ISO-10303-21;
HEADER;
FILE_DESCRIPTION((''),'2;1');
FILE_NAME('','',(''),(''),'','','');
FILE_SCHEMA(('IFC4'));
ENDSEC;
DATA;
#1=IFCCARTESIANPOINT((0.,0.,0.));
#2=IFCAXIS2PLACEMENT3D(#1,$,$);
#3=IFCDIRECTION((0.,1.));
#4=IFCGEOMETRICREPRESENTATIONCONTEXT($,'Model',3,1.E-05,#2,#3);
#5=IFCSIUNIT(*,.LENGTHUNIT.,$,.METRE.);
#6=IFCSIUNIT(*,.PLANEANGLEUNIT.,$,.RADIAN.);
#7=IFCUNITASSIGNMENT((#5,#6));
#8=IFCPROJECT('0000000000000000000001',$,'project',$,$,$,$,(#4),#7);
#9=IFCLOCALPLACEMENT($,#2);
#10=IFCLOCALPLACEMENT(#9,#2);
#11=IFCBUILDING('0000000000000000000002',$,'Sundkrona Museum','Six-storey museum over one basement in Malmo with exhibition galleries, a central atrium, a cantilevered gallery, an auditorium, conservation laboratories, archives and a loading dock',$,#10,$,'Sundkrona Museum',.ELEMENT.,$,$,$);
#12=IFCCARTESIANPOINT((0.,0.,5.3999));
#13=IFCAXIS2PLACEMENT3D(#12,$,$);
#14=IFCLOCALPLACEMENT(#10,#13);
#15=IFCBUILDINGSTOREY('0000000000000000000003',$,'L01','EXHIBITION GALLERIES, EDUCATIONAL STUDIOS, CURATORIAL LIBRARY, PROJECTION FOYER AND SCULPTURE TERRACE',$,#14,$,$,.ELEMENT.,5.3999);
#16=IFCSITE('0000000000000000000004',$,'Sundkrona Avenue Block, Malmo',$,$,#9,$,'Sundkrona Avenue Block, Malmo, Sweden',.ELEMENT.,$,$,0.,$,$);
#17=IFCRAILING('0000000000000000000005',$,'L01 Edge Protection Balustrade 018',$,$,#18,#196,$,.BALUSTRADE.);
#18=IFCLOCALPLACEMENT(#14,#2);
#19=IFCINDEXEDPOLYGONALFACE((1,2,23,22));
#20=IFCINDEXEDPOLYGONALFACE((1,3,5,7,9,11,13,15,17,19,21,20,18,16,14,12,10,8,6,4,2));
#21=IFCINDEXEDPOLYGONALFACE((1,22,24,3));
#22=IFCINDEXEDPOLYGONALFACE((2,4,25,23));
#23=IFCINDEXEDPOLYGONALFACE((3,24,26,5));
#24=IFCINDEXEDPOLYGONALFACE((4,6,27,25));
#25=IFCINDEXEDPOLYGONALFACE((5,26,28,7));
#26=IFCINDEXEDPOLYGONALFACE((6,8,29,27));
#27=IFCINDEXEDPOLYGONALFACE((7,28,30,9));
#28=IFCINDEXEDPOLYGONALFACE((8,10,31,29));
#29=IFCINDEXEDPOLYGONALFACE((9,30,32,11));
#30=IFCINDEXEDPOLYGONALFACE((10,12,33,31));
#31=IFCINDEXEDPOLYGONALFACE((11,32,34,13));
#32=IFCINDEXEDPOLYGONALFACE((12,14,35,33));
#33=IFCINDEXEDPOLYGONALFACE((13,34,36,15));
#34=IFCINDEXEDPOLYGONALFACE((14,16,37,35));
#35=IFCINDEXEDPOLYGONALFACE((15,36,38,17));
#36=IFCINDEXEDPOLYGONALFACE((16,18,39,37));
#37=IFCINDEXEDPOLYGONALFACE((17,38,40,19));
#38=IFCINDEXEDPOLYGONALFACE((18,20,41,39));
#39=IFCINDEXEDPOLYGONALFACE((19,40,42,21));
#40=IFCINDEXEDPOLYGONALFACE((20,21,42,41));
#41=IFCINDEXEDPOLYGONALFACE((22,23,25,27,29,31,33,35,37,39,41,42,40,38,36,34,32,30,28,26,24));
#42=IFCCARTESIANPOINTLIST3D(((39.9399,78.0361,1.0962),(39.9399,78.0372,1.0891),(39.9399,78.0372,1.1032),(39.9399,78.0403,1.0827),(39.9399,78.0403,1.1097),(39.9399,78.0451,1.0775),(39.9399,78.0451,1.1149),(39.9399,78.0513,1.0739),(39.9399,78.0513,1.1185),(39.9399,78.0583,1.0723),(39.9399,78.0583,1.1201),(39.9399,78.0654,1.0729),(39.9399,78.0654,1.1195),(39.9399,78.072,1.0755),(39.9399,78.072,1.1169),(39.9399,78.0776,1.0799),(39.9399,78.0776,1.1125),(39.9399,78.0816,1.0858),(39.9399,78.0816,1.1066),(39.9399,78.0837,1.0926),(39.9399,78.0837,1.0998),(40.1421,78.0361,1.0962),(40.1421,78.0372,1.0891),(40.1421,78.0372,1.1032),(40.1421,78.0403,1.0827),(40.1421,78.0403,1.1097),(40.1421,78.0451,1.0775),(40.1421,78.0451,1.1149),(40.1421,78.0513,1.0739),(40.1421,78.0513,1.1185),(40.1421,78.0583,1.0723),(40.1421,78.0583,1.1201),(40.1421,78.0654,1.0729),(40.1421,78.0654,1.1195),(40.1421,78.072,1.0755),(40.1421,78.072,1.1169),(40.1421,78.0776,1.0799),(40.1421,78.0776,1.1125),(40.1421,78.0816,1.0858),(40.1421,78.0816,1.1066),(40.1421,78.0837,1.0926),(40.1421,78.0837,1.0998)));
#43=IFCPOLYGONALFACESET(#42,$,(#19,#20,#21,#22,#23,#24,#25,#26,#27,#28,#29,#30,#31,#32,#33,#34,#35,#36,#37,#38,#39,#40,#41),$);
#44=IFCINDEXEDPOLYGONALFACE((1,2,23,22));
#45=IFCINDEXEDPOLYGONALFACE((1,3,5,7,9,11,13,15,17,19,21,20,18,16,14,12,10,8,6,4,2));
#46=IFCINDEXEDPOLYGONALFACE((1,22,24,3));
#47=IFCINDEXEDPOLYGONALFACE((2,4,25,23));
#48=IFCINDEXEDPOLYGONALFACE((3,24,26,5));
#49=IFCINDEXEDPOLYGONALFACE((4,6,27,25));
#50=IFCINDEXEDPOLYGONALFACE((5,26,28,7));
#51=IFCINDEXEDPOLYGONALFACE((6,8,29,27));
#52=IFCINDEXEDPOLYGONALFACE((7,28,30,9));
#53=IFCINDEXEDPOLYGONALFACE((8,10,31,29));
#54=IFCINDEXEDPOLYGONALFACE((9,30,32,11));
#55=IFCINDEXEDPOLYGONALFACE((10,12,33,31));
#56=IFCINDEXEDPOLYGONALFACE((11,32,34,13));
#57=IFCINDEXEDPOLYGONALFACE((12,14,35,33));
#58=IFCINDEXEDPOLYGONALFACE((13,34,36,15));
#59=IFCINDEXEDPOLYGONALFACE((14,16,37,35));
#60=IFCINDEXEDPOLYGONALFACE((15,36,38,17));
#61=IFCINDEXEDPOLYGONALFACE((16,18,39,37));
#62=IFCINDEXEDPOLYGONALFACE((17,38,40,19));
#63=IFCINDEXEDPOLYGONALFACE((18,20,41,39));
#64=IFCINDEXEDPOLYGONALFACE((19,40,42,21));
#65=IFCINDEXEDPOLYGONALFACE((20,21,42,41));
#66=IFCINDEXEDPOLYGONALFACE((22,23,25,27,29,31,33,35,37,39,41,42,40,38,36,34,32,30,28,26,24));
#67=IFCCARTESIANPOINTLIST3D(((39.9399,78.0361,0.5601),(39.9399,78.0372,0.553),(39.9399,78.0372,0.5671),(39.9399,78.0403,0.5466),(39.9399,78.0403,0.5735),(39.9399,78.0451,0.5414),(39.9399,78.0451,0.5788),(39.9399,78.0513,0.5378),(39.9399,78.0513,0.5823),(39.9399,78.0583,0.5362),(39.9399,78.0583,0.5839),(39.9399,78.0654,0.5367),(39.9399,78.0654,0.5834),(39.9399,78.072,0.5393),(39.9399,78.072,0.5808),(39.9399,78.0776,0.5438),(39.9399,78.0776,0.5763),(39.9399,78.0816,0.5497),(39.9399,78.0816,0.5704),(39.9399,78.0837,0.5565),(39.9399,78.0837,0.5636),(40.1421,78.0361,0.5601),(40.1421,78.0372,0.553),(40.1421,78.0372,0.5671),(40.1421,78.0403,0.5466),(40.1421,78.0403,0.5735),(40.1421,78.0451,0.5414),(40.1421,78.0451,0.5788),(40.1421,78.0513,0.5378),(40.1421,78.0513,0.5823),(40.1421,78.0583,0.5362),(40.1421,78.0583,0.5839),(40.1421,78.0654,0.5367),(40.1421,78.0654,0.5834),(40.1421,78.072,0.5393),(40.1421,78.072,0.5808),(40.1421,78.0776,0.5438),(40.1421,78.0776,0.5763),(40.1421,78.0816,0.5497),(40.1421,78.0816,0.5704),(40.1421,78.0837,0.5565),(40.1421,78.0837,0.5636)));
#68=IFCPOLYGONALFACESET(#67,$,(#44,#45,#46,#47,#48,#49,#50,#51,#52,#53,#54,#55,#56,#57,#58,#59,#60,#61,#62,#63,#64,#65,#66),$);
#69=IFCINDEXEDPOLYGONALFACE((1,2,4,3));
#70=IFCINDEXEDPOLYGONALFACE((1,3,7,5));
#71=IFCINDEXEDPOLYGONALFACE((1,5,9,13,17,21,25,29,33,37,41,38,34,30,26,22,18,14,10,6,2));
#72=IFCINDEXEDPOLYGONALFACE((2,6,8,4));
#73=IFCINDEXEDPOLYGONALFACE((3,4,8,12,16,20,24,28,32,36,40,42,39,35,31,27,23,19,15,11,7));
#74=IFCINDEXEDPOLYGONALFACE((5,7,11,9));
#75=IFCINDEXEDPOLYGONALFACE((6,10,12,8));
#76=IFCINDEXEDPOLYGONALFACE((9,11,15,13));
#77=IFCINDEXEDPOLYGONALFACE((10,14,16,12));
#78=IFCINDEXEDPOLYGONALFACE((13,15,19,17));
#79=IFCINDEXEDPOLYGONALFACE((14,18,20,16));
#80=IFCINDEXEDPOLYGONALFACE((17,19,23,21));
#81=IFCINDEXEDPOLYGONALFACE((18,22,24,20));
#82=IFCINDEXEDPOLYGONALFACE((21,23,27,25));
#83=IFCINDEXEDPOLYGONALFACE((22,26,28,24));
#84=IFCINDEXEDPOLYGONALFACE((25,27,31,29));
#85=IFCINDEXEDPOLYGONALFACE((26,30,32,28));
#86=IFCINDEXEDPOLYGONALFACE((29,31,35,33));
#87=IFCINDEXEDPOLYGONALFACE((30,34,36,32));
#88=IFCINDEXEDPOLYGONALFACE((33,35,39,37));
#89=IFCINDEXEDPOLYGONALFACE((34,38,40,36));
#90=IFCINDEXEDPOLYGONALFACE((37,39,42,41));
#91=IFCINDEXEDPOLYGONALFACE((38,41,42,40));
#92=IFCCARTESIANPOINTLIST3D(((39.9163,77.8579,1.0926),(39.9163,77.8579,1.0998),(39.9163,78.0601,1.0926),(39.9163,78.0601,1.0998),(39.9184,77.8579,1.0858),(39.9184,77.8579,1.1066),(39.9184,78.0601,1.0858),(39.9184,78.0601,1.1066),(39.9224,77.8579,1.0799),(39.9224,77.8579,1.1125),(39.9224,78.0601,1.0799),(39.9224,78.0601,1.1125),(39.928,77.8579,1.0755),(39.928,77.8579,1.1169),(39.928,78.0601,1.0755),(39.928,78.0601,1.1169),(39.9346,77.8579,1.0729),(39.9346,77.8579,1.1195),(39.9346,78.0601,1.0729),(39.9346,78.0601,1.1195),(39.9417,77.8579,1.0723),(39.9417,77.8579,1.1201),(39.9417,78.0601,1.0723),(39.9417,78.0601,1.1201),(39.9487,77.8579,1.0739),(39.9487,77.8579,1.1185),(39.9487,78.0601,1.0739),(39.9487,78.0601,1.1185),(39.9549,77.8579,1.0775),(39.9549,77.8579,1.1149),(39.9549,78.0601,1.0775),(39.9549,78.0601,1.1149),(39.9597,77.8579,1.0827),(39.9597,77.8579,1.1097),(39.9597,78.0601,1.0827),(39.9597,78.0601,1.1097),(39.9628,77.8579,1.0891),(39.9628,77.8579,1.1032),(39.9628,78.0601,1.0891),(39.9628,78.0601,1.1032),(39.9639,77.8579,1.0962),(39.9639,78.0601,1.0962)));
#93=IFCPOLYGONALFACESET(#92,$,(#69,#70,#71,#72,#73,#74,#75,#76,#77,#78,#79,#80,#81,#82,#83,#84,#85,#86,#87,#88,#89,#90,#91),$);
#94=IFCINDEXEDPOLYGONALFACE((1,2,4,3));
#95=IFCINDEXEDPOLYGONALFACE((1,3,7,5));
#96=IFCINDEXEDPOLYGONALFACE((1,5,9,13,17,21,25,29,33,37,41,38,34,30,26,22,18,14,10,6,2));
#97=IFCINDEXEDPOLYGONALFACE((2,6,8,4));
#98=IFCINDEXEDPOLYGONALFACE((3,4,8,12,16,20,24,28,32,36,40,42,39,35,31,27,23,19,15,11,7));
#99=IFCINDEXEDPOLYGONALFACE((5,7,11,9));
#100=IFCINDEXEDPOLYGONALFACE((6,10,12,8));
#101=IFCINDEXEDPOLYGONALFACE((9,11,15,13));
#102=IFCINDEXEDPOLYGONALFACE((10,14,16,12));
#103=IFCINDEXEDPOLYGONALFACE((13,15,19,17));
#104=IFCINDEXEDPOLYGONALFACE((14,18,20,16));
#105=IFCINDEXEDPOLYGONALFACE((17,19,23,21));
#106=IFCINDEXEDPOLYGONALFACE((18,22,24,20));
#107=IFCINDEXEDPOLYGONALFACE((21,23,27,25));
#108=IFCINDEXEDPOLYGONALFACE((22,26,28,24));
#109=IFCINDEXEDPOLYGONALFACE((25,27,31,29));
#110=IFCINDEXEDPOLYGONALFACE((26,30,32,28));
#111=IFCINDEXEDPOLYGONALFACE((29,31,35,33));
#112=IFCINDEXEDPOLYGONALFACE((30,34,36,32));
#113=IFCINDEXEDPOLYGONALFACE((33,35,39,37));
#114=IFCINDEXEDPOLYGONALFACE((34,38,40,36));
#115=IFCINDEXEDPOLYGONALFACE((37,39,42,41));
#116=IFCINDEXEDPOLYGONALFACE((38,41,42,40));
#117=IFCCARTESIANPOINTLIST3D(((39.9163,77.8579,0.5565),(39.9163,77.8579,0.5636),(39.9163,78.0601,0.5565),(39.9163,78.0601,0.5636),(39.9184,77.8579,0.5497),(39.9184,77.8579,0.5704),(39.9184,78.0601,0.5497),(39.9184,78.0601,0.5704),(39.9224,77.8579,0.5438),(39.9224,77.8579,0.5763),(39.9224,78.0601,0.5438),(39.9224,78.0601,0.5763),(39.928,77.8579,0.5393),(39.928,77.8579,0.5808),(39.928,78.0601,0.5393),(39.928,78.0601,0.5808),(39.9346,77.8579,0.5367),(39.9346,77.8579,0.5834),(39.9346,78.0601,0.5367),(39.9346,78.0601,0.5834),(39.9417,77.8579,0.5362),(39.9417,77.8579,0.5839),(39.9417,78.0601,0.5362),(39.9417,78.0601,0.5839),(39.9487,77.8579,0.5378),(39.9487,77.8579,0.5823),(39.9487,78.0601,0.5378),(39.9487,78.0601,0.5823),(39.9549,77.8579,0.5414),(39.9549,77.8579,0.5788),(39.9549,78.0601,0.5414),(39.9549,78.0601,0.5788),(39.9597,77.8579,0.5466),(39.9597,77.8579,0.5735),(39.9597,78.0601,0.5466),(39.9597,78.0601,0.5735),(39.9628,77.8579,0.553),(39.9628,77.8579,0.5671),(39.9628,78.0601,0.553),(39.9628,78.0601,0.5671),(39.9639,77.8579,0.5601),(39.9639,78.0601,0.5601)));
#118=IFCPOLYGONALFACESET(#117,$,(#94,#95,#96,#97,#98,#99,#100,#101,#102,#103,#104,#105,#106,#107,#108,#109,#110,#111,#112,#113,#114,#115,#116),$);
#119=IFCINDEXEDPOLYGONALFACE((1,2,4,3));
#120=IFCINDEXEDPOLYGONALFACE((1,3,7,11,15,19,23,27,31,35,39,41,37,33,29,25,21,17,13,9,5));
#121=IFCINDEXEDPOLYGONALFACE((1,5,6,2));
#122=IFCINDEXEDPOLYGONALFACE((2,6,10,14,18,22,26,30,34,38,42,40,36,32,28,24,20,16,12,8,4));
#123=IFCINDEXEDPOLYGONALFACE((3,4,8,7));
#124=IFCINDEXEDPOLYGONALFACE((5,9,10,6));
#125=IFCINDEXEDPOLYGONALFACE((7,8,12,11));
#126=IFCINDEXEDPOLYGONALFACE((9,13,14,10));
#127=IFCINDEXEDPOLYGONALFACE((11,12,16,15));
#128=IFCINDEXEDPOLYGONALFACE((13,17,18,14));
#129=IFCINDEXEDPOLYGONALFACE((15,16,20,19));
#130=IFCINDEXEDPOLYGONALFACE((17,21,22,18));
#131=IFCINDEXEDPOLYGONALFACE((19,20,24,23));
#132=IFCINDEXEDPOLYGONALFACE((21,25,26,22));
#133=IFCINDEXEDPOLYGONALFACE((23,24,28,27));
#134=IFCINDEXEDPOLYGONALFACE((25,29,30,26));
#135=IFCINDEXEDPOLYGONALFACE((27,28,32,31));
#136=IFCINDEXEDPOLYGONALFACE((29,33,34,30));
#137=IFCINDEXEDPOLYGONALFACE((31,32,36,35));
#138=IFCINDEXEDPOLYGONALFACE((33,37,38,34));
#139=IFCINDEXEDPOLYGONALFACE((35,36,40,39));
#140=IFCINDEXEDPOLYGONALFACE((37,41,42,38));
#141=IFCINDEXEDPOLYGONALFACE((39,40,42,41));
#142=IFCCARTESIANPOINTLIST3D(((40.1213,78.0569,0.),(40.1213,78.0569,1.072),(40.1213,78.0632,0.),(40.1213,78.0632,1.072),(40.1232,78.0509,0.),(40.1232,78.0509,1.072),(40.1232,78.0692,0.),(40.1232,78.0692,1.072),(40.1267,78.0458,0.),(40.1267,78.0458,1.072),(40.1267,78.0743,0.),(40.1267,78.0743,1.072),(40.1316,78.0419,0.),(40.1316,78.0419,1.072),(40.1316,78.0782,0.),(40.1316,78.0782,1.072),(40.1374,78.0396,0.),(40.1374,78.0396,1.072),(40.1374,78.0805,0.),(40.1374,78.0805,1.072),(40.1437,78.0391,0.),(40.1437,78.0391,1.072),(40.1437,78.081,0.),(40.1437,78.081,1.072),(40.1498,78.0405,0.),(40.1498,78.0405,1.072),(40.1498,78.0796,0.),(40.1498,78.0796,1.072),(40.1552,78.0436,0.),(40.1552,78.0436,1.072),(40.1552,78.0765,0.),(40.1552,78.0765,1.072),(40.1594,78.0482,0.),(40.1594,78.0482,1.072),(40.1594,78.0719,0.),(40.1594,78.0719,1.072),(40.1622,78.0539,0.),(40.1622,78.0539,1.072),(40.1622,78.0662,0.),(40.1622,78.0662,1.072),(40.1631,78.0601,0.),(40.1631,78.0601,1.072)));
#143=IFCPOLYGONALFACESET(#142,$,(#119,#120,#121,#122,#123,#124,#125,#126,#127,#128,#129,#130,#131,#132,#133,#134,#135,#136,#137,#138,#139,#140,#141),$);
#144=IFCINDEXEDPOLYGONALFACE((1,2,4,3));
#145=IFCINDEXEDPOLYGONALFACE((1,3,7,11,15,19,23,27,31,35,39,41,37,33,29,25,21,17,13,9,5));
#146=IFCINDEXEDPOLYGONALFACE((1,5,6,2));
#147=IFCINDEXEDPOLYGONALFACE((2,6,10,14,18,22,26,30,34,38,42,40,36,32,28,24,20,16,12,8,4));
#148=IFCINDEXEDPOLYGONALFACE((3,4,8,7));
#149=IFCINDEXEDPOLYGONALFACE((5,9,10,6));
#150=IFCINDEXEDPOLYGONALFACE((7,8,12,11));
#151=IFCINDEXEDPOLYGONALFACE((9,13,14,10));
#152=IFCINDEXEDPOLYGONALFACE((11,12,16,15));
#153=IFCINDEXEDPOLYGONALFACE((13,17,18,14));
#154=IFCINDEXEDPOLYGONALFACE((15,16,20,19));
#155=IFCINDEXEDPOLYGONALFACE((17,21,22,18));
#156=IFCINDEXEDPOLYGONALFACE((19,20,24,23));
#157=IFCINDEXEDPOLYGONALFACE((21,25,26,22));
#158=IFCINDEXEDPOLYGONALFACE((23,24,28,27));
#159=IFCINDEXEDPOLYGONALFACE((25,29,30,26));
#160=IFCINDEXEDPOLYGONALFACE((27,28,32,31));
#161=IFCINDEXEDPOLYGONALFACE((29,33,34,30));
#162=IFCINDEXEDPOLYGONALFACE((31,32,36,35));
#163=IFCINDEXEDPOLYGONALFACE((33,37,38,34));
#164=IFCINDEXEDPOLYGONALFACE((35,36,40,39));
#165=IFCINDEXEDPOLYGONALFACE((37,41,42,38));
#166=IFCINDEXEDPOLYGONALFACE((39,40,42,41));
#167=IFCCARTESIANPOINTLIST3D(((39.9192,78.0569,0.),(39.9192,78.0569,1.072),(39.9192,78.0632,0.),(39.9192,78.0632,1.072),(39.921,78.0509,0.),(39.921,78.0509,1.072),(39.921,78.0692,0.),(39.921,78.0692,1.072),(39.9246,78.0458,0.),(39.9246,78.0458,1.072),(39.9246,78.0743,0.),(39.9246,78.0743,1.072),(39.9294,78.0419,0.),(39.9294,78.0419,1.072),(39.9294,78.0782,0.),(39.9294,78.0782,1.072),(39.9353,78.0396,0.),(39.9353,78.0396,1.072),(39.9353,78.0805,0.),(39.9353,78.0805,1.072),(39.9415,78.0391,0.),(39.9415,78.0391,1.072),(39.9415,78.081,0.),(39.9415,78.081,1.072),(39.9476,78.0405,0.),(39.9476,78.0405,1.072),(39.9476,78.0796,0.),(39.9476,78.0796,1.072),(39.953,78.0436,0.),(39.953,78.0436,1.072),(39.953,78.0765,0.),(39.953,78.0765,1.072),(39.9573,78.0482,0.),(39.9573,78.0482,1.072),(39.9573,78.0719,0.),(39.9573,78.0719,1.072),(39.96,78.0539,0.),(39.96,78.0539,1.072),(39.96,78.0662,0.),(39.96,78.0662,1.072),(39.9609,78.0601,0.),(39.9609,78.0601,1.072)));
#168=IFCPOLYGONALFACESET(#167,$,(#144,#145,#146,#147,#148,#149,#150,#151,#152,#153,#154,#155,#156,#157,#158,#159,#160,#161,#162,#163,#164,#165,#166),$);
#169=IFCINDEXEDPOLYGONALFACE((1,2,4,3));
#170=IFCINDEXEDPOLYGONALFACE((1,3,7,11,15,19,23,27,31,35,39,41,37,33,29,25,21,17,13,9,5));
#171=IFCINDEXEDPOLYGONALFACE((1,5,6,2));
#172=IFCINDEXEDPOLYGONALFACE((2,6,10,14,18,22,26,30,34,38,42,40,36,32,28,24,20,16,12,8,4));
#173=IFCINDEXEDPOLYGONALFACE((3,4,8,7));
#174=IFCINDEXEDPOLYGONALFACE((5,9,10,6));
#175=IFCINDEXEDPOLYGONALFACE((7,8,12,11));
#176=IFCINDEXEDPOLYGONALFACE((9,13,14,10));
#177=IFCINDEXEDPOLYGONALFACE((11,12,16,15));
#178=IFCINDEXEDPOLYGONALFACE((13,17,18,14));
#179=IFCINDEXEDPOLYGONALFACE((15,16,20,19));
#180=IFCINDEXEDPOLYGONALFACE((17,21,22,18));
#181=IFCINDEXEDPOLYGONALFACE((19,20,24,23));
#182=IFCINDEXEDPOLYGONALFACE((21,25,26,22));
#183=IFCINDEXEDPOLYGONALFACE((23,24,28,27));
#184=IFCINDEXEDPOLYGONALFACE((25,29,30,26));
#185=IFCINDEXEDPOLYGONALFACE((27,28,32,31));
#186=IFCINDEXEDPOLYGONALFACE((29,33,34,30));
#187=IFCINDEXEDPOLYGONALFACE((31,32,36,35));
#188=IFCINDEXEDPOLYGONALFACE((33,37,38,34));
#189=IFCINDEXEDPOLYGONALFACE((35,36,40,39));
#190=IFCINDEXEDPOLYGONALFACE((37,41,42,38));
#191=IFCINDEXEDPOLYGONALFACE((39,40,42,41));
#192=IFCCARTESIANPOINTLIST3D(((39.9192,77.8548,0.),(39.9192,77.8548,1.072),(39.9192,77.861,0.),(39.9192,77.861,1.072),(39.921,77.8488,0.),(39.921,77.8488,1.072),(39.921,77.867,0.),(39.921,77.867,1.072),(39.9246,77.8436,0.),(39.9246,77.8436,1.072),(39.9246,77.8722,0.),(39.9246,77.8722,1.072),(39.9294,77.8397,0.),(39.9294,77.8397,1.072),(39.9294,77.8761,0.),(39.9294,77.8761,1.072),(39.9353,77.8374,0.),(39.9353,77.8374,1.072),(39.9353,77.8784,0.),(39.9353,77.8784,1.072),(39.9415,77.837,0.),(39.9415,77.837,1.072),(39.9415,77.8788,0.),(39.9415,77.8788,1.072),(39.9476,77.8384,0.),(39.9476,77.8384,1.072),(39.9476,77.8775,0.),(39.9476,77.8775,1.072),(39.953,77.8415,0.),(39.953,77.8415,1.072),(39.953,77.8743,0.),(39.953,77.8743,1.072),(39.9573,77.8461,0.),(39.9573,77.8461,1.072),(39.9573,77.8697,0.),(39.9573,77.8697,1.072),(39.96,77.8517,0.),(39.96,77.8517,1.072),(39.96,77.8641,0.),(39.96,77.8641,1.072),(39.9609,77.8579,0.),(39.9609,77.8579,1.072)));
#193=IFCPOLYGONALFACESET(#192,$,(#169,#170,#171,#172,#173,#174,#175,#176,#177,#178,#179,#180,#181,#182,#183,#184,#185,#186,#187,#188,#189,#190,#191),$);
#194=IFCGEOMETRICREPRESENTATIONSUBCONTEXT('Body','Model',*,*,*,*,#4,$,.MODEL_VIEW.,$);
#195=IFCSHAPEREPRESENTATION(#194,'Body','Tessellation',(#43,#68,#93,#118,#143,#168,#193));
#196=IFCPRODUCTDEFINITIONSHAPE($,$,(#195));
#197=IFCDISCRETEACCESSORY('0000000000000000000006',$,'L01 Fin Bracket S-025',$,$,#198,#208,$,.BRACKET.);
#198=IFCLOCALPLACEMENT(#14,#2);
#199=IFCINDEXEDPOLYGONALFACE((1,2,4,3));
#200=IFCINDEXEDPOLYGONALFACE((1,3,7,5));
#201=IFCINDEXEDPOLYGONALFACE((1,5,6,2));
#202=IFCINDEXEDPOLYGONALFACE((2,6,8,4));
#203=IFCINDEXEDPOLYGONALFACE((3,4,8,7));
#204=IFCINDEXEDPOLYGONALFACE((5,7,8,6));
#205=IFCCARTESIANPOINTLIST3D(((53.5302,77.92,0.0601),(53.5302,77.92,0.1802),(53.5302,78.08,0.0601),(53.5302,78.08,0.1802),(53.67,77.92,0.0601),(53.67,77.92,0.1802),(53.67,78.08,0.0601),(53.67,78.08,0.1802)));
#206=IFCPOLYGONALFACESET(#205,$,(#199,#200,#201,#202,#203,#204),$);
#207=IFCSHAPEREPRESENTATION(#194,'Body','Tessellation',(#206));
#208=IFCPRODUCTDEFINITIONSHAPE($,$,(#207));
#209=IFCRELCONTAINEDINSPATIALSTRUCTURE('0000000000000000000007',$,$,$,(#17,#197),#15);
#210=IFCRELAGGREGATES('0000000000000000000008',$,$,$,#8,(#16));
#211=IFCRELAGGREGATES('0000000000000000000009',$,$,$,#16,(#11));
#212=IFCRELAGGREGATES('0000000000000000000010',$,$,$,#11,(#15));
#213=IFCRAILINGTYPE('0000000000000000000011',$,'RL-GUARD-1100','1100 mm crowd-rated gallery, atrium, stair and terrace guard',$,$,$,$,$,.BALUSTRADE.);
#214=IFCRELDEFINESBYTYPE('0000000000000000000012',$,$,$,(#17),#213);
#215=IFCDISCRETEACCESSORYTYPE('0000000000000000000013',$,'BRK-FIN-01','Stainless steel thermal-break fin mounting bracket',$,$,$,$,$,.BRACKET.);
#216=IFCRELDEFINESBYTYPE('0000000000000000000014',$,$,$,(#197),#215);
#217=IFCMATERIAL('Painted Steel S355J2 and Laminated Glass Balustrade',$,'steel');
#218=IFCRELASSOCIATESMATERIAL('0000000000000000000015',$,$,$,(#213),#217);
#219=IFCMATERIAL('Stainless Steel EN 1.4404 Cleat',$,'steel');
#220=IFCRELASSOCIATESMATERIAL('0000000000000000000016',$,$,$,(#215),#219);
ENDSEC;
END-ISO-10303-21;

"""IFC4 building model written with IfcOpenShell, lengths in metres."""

from ifc_helpers import new_model, si_unit, direction, frame, origin, origin_2d, place, context, subcontext, project, spatial, rectangle, circle, extrude, material, type_object, element, save


model = new_model("IFC4")

# Units and contexts
model_context = context("Model", 3, precision=1e-05, world=origin(), true_north=direction((0.0, 1.0)))
body_context = subcontext(model_context, "Body", "Model", "MODEL_VIEW")
ifc_project = project(units=[si_unit("LENGTHUNIT", "METRE"), si_unit("PLANEANGLEUNIT", "RADIAN")], contexts=[model_context])

# Site, building, storey
site_placement = place(None, origin())
site = spatial("IfcSite", under=ifc_project, at=site_placement, Name="Sundkrona Avenue Block, Malmo", LongName="Sundkrona Avenue Block, Malmo, Sweden", CompositionType="ELEMENT", RefElevation=0.0)
building_placement = place(site_placement, origin())
building = spatial("IfcBuilding", under=site, at=building_placement, Name="Sundkrona Museum", Description="Six-storey museum over one basement in Malmo with exhibition galleries, a central atrium, a cantilevered gallery, an auditorium, conservation laboratories, archives and a loading dock", LongName="Sundkrona Museum", CompositionType="ELEMENT")
storey_placement = place(building_placement, frame((0.0, 0.0, 5.3999)))
storey = spatial("IfcBuildingStorey", under=building, at=storey_placement, Name="L01", Description="EXHIBITION GALLERIES, EDUCATIONAL STUDIOS, CURATORIAL LIBRARY, PROJECTION FOYER AND SCULPTURE TERRACE", CompositionType="ELEMENT", Elevation=5.3999)

# Railing
ifc_material_1 = material(Name="Painted Steel S355J2 and Laminated Glass Balustrade", Category="steel")
railing_type = type_object("IfcRailingType", Name="RL-GUARD-1100", Description="1100 mm crowd-rated gallery, atrium, stair and terrace guard", PredefinedType="BALUSTRADE", material=ifc_material_1)
railing_1_placement = place(storey_placement, frame((40.1421, 78.0601, 0.0)))
element("IfcRailing", 1, at=railing_1_placement, inside=storey, type_object=railing_type, Name="L01 Edge Protection Balustrade 018", PredefinedType="BALUSTRADE", context=body_context, shape_type="SweptSolid", body=[
    extrude(circle(Radius=0.0239, at=origin_2d()), frame((0.0, 0.0, 1.0962), z_axis=(-1.0, 0.0, 0.0), x_axis=(0.0, -1.0, 0.0)), (0.0, 0.0, 1.0), 0.2021),
    extrude(circle(Radius=0.0239, at=origin_2d()), frame((0.0, 0.0, 0.5601), z_axis=(-1.0, 0.0, 0.0), x_axis=(0.0, -1.0, 0.0)), (0.0, 0.0, 1.0), 0.2021),
    extrude(circle(Radius=0.0239, at=origin_2d()), frame((-0.2021, 0.0, 1.0962), z_axis=(0.0, -1.0, 0.0), x_axis=(1.0, 0.0, 0.0)), (0.0, 0.0, 1.0), 0.2021),
    extrude(circle(Radius=0.0239, at=origin_2d()), frame((-0.2021, 0.0, 0.5601), z_axis=(0.0, -1.0, 0.0), x_axis=(1.0, 0.0, 0.0)), (0.0, 0.0, 1.0), 0.2021),
    extrude(circle(Radius=0.021, at=origin_2d()), origin(), (0.0, 0.0, 1.0), 1.072),
    extrude(circle(Radius=0.021, at=origin_2d()), frame((-0.2021, 0.0, 0.0)), (0.0, 0.0, 1.0), 1.072),
    extrude(circle(Radius=0.021, at=origin_2d()), frame((-0.2021, -0.2021, 0.0)), (0.0, 0.0, 1.0), 1.072),
])

# Discrete accessory
ifc_material_2 = material(Name="Stainless Steel EN 1.4404 Cleat", Category="steel")
discrete_accessory_type = type_object("IfcDiscreteAccessoryType", Name="BRK-FIN-01", Description="Stainless steel thermal-break fin mounting bracket", PredefinedType="BRACKET", material=ifc_material_2)
for number, where, z_axis, x_axis, name in (
    (2, (53.6001, 78.0, 0.0601), (0.0, 0.0, 1.0), (1.0, 0.0, 0.0), "L01 Fin Bracket S-025"),
):
    element("IfcDiscreteAccessory", number, at=place(storey_placement, frame(where, z_axis=z_axis, x_axis=x_axis)), inside=storey, type_object=discrete_accessory_type, Name=name, PredefinedType="BRACKET", context=body_context, shape_type="SweptSolid", body=[
        extrude(rectangle(XDim=0.1399, YDim=0.1599, at=origin_2d()), origin(), (0.0, 0.0, 1.0), 0.1201),
    ])

save(model, "model.ifc")
